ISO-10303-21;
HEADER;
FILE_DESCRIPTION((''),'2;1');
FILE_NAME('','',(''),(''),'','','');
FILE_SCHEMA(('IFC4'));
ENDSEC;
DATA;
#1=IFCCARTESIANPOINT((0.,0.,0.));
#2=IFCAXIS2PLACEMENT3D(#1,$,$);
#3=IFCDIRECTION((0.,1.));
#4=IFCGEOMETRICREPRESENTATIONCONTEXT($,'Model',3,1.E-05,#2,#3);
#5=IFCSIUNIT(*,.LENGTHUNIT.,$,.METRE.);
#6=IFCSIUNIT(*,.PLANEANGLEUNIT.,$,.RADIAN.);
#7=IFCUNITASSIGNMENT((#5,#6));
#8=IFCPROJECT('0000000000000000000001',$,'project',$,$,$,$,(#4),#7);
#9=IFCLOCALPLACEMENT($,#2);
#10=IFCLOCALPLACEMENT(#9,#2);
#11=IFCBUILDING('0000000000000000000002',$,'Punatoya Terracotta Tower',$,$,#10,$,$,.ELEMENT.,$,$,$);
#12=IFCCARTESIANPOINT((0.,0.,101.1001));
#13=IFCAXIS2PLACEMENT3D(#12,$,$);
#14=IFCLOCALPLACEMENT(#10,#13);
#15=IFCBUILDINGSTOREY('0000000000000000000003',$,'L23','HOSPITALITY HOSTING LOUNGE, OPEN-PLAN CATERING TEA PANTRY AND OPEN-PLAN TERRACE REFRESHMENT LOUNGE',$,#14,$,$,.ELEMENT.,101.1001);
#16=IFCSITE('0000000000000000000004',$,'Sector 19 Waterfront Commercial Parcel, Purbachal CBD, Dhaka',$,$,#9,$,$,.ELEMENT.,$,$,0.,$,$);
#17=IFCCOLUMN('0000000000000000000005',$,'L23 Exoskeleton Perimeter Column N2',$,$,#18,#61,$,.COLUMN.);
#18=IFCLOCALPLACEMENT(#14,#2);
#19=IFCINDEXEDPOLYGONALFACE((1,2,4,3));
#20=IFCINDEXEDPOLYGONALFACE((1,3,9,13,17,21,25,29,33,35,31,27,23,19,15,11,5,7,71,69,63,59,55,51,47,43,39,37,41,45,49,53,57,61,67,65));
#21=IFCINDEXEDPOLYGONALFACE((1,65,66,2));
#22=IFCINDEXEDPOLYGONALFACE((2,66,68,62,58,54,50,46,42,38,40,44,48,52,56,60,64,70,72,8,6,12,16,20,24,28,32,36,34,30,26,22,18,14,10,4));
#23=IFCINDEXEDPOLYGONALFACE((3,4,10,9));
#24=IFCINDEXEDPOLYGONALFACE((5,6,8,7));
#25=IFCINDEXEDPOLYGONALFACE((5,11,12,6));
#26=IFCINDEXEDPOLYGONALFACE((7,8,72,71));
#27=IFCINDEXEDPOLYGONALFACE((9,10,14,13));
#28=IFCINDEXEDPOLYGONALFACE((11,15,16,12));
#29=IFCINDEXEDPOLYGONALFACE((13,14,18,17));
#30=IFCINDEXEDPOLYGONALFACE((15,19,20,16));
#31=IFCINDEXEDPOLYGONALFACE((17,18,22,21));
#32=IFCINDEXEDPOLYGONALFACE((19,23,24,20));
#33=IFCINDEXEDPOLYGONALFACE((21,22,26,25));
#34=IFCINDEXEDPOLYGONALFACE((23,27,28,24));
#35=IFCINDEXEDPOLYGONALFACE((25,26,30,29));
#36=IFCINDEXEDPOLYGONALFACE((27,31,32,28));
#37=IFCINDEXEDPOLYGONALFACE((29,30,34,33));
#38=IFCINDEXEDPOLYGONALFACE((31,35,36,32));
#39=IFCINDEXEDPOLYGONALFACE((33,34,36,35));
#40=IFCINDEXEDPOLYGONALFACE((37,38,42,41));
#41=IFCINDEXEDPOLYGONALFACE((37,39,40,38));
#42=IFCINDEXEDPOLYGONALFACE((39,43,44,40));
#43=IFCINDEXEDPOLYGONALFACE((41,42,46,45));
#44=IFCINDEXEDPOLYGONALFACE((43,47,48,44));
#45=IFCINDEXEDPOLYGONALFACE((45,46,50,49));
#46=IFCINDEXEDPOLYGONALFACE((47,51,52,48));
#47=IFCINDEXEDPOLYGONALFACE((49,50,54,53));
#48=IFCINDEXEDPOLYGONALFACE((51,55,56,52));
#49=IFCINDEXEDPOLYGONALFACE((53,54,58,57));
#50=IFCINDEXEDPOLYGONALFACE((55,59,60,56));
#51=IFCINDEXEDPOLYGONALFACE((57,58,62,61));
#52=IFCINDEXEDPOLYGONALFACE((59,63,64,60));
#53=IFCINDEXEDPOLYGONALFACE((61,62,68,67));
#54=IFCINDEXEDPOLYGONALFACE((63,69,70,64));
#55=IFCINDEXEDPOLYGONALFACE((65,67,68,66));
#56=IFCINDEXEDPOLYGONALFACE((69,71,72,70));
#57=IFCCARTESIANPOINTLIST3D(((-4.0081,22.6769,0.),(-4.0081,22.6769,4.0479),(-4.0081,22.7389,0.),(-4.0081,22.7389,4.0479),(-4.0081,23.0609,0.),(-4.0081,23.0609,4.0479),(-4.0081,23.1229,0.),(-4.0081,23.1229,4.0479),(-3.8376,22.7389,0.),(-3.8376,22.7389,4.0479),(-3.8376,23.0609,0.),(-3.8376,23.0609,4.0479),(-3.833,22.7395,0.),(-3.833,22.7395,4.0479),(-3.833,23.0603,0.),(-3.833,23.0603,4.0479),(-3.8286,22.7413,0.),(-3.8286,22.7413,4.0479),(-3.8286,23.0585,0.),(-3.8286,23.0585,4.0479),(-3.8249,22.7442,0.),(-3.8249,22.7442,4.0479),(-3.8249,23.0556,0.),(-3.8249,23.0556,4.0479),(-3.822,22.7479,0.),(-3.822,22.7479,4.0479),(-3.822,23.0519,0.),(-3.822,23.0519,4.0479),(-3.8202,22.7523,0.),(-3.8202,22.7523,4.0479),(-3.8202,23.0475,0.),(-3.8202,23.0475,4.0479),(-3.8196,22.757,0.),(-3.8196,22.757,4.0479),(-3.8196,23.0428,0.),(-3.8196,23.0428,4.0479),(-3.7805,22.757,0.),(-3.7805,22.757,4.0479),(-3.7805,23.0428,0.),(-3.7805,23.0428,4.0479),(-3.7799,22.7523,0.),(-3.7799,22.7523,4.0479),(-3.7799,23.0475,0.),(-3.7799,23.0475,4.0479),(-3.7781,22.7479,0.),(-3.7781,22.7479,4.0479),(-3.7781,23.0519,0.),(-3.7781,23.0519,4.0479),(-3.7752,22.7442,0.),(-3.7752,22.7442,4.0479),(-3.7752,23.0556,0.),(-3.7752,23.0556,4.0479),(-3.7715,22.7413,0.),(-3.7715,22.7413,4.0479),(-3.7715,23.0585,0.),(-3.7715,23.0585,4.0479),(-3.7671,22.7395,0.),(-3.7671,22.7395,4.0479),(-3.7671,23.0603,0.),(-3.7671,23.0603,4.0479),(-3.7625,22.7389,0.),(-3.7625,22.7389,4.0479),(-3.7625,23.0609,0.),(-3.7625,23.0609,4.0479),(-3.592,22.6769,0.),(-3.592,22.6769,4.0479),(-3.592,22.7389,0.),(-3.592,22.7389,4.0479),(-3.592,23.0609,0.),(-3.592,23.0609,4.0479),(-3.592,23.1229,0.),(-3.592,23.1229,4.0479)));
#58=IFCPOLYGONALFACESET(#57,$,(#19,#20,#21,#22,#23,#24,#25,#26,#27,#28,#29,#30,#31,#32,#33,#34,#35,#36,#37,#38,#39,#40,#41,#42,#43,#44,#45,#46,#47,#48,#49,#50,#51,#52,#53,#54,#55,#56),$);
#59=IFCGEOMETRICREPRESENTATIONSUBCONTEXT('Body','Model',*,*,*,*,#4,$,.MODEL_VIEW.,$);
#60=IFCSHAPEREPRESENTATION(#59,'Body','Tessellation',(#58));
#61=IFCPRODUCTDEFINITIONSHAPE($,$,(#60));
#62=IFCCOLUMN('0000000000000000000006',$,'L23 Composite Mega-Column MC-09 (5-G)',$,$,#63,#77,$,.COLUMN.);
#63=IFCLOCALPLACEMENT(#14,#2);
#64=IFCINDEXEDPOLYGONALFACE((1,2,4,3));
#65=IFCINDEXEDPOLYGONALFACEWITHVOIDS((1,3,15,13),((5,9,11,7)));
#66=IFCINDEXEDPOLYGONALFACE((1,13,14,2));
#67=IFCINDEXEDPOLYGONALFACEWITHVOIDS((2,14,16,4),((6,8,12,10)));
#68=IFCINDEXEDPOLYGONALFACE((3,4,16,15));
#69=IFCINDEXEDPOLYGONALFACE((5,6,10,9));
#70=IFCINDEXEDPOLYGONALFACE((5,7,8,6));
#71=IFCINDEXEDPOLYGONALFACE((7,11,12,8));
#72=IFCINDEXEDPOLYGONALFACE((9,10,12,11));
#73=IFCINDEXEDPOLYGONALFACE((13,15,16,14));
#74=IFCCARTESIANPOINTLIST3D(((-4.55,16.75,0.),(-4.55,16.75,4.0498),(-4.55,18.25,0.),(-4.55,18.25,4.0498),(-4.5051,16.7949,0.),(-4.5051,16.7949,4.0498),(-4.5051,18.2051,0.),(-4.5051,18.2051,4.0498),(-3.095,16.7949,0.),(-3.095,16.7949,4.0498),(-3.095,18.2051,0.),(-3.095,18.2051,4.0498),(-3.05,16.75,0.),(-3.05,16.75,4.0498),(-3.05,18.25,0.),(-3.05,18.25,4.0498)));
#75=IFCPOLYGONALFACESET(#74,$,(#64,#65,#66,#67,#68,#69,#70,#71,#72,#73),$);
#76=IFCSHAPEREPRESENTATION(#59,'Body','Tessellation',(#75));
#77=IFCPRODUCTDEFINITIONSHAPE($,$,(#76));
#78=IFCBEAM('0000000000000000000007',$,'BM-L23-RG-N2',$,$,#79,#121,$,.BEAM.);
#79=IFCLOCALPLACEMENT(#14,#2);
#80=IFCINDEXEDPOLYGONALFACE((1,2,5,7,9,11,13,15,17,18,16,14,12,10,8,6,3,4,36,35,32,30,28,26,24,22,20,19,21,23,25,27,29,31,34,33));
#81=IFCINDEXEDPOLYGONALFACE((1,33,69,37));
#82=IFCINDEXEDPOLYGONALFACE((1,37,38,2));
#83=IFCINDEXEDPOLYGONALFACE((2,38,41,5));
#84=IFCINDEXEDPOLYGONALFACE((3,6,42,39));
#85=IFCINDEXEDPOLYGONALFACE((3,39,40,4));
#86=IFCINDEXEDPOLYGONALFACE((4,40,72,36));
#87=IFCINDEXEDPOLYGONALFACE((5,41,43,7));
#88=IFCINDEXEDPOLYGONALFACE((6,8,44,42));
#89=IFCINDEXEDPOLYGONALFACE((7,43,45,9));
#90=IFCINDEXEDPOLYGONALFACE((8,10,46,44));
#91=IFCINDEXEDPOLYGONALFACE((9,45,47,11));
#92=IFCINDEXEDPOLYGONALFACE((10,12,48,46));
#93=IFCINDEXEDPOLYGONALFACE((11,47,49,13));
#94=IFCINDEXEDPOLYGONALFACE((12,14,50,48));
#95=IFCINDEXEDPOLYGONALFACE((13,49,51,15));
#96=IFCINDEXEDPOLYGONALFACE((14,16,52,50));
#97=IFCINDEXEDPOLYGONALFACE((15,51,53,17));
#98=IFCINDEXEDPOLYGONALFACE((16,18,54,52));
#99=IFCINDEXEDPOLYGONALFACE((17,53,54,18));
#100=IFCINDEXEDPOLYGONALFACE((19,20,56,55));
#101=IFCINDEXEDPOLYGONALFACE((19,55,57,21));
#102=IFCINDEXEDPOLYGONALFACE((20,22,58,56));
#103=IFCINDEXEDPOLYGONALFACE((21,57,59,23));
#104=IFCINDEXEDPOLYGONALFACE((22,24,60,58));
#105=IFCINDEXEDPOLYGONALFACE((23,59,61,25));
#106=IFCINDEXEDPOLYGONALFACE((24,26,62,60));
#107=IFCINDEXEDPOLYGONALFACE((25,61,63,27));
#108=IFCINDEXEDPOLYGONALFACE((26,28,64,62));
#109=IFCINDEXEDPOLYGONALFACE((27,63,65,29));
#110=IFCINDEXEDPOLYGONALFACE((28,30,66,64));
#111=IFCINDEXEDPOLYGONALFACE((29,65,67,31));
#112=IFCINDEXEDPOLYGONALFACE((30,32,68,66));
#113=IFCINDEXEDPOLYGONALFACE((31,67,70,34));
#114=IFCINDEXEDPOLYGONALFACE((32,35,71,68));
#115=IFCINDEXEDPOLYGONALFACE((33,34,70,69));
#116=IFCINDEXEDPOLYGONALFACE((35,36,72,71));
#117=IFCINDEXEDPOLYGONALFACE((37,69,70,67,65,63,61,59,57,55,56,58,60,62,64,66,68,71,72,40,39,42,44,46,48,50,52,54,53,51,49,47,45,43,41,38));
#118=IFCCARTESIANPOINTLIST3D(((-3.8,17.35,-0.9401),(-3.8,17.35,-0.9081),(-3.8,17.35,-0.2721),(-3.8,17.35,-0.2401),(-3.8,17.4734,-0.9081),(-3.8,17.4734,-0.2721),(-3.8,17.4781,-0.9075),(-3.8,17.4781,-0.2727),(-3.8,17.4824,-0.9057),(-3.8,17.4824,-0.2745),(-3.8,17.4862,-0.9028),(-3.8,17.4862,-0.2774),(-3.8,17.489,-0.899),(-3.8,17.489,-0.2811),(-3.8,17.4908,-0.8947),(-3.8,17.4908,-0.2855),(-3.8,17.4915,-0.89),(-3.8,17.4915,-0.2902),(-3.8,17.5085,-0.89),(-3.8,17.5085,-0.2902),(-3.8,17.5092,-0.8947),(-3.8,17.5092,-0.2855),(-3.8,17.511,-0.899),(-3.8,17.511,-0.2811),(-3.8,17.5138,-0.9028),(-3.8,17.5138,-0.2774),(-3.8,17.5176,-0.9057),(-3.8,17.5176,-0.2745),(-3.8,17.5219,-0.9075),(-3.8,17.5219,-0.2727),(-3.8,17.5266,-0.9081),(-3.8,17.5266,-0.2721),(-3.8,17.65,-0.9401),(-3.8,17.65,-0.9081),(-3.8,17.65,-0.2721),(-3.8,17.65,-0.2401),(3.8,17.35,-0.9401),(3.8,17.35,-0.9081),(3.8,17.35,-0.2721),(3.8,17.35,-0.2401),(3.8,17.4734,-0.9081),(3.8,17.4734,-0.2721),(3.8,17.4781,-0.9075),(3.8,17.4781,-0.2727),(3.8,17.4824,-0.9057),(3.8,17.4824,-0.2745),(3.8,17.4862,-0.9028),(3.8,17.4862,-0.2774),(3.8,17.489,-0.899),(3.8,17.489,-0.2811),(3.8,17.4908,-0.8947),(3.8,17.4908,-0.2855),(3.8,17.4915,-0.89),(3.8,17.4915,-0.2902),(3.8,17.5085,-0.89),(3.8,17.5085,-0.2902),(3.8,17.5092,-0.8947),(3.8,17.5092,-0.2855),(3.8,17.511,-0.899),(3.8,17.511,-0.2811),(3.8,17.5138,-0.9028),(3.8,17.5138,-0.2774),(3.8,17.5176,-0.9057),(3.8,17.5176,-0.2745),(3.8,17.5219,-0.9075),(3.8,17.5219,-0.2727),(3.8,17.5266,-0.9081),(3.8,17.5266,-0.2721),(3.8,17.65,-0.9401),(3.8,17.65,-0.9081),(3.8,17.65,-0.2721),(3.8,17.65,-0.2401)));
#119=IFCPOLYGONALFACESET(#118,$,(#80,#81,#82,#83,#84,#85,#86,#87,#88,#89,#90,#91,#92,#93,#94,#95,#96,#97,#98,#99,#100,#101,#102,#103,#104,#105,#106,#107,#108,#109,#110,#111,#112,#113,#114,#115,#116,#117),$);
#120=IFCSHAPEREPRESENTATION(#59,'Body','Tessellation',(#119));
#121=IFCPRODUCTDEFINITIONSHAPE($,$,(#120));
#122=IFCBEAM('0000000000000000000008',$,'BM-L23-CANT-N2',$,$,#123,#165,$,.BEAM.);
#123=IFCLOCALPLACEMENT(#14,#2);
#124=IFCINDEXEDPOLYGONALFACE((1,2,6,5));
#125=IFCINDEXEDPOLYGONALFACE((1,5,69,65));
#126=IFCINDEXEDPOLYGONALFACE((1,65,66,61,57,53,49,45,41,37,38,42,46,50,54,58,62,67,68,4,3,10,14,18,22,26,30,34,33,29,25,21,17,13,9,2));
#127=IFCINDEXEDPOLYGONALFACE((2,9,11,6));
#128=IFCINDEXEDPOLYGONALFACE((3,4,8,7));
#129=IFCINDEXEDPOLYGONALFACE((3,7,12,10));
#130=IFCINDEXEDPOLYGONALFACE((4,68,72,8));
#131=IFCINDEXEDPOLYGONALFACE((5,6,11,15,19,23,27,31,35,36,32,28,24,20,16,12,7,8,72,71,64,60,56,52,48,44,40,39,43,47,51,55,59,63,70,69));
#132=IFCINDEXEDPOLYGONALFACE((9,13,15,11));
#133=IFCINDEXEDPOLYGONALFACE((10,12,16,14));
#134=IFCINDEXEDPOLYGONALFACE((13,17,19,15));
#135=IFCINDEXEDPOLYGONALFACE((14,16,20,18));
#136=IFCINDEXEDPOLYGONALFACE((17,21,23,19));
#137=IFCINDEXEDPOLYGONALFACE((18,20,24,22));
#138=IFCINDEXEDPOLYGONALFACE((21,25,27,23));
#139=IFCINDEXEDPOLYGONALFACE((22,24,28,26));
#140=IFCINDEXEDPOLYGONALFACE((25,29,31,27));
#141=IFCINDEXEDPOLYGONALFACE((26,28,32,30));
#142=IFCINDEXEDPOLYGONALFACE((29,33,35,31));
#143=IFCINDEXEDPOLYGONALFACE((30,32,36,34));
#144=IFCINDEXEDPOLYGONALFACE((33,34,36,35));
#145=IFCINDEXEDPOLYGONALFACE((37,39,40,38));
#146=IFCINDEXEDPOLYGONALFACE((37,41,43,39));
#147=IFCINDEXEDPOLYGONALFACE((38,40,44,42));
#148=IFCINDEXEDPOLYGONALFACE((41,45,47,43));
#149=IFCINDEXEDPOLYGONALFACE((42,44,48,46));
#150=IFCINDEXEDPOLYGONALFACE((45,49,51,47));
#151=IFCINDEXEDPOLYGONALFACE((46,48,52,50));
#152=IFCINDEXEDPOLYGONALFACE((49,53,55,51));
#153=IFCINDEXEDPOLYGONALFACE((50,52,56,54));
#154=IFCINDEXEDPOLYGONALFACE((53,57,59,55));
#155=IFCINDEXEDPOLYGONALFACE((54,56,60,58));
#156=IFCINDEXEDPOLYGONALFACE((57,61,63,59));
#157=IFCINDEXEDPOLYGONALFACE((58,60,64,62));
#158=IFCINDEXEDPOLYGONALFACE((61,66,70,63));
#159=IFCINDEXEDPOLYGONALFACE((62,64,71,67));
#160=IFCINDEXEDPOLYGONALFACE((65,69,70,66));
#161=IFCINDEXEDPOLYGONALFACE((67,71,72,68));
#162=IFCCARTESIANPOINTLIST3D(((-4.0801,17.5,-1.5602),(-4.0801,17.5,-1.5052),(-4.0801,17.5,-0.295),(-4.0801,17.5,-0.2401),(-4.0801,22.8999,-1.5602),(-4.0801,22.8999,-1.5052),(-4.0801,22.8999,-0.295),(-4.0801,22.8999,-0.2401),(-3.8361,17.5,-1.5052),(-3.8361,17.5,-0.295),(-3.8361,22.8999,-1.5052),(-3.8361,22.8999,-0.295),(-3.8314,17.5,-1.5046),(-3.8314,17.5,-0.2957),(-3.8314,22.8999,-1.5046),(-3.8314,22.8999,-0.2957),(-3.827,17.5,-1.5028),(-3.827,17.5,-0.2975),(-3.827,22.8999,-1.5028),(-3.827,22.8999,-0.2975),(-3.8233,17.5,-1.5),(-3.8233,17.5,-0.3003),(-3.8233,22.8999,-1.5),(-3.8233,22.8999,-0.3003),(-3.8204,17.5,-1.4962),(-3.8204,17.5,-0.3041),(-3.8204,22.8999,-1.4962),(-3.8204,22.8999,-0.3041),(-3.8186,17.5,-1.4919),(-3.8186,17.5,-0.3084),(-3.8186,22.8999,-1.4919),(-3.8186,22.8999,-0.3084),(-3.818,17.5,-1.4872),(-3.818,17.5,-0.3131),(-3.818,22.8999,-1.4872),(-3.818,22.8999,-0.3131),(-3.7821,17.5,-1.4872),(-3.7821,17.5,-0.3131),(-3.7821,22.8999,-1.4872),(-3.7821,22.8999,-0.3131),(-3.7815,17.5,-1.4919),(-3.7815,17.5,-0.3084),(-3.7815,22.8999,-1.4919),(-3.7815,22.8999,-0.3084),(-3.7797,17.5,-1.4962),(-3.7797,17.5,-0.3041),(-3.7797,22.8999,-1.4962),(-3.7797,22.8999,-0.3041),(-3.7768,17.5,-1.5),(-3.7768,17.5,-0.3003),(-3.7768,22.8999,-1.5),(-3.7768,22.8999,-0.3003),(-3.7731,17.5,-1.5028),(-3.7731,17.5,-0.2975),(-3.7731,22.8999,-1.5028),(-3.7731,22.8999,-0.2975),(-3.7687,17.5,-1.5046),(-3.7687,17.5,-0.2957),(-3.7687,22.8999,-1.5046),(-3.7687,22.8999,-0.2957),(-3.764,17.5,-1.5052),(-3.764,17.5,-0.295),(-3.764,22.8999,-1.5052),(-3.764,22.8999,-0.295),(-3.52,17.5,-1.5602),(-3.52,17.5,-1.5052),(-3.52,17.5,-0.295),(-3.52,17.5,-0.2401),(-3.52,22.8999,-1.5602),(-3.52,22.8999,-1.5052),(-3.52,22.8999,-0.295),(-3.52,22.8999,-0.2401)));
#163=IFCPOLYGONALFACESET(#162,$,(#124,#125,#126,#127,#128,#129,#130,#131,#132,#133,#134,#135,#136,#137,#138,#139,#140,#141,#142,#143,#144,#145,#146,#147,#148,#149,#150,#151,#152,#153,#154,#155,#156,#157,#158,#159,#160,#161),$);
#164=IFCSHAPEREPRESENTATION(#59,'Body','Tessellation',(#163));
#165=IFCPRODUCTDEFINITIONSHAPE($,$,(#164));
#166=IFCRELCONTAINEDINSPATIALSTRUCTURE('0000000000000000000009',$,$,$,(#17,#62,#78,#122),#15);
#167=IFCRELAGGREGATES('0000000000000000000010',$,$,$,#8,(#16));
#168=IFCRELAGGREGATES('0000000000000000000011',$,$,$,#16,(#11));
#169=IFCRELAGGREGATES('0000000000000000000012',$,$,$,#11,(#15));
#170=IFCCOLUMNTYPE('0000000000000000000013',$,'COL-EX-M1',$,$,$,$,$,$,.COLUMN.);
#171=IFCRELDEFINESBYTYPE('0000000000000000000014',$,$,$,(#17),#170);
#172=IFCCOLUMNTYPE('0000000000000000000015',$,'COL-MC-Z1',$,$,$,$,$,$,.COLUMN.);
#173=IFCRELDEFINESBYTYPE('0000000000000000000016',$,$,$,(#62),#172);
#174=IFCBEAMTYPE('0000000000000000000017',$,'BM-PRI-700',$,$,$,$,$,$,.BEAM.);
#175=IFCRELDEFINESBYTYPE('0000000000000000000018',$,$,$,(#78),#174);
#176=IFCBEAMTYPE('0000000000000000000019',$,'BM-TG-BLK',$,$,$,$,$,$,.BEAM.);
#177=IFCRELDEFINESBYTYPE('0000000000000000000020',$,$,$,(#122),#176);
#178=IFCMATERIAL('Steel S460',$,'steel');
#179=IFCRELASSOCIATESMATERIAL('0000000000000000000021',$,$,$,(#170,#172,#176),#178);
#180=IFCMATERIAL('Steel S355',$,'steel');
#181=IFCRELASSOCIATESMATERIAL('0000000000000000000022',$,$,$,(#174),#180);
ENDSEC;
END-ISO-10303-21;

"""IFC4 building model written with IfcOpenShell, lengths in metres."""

from ifc_helpers import new_model, si_unit, direction, frame, origin, origin_2d, place, context, subcontext, project, spatial, hollow_rectangle, i_section, extrude, material, material_profile, profile_set, type_object, element, save


model = new_model("IFC4")

# Units and contexts
model_context = context("Model", 3, precision=1e-05, world=origin(), true_north=direction((0.0, 1.0)))
body_context = subcontext(model_context, "Body", "Model", "MODEL_VIEW")
ifc_project = project(units=[si_unit("LENGTHUNIT", "METRE"), si_unit("PLANEANGLEUNIT", "RADIAN")], contexts=[model_context])

# Site, building, storey
site_placement = place(None, origin())
site = spatial("IfcSite", under=ifc_project, at=site_placement, Name="Sector 19 Waterfront Commercial Parcel, Purbachal CBD, Dhaka", CompositionType="ELEMENT", RefElevation=0.0)
building_placement = place(site_placement, origin())
building = spatial("IfcBuilding", under=site, at=building_placement, Name="Punatoya Terracotta Tower", CompositionType="ELEMENT")
storey_placement = place(building_placement, frame((0.0, 0.0, 101.1001)))
storey = spatial("IfcBuildingStorey", under=building, at=storey_placement, Name="L23", Description="HOSPITALITY HOSTING LOUNGE, OPEN-PLAN CATERING TEA PANTRY AND OPEN-PLAN TERRACE REFRESHMENT LOUNGE", CompositionType="ELEMENT", Elevation=101.1001)

# Columns
ifc_material_1 = material(Name="Steel S460", Category="steel")
ifc_material_profile_1 = material_profile(ifc_material_1, i_section(OverallWidth=0.416, OverallDepth=0.446, WebThickness=0.0391, FlangeThickness=0.062, FilletRadius=0.0181, at=origin_2d()))
ifc_profile_set_1 = profile_set([ifc_material_profile_1], Name="Steel S460")
column_type_1 = type_object("IfcColumnType", Name="COL-EX-M1", PredefinedType="COLUMN", material=ifc_profile_set_1)
column_1_placement = place(storey_placement, frame((-3.8, 22.8999, 0.0), z_axis=(0.0, 0.0, 1.0), x_axis=(1.0, 0.0, 0.0)))
element("IfcColumn", 1, at=column_1_placement, inside=storey, type_object=column_type_1, Name="L23 Exoskeleton Perimeter Column N2", PredefinedType="COLUMN", context=body_context, shape_type="SweptSolid", body=[
    extrude(i_section(OverallWidth=0.416, OverallDepth=0.446, WebThickness=0.0391, FlangeThickness=0.062, FilletRadius=0.0181, at=origin_2d()), origin(), (0.0, 0.0, 1.0), 4.0479),
])
ifc_material_profile_2 = material_profile(ifc_material_1, hollow_rectangle(XDim=1.5, YDim=1.5, WallThickness=0.0449, at=origin_2d()))
ifc_profile_set_2 = profile_set([ifc_material_profile_2], Name="Steel S460")
column_type_2 = type_object("IfcColumnType", Name="COL-MC-Z1", PredefinedType="COLUMN", material=ifc_profile_set_2)
column_2_placement = place(storey_placement, frame((-3.8, 17.5, 0.0), z_axis=(0.0, 0.0, 1.0), x_axis=(1.0, 0.0, 0.0)))
element("IfcColumn", 2, at=column_2_placement, inside=storey, type_object=column_type_2, Name="L23 Composite Mega-Column MC-09 (5-G)", PredefinedType="COLUMN", context=body_context, shape_type="SweptSolid", body=[
    extrude(hollow_rectangle(XDim=1.5, YDim=1.5, WallThickness=0.0449, at=origin_2d()), origin(), (0.0, 0.0, 1.0), 4.0498),
])

# Beams
ifc_material_2 = material(Name="Steel S355", Category="steel")
ifc_material_profile_3 = material_profile(ifc_material_2, i_section(OverallWidth=0.3, OverallDepth=0.7, WebThickness=0.0171, FlangeThickness=0.032, FilletRadius=0.0181, at=origin_2d()))
ifc_profile_set_3 = profile_set([ifc_material_profile_3], Name="Steel S355")
beam_type_1 = type_object("IfcBeamType", Name="BM-PRI-700", PredefinedType="BEAM", material=ifc_profile_set_3)
beam_1_placement = place(storey_placement, frame((-3.8, 17.5, -0.5901), z_axis=(1.0, 0.0, 0.0), x_axis=(0.0, 1.0, 0.0)))
element("IfcBeam", 3, at=beam_1_placement, inside=storey, type_object=beam_type_1, Name="BM-L23-RG-N2", PredefinedType="BEAM", context=body_context, shape_type="SweptSolid", body=[
    extrude(i_section(OverallWidth=0.3, OverallDepth=0.7, WebThickness=0.0171, FlangeThickness=0.032, FilletRadius=0.0181, at=origin_2d()), origin(), (0.0, 0.0, 1.0), 7.6001),
])
ifc_material_profile_4 = material_profile(ifc_material_1, i_section(OverallWidth=0.5601, OverallDepth=1.3201, WebThickness=0.0359, FlangeThickness=0.0549, FilletRadius=0.0181, at=origin_2d()))
ifc_profile_set_4 = profile_set([ifc_material_profile_4], Name="Steel S460")
beam_type_2 = type_object("IfcBeamType", Name="BM-TG-BLK", PredefinedType="BEAM", material=ifc_profile_set_4)
beam_2_placement = place(storey_placement, frame((-3.8, 17.5, -0.9001), z_axis=(0.0, 1.0, 0.0), x_axis=(-1.0, 0.0, 0.0)))
element("IfcBeam", 4, at=beam_2_placement, inside=storey, type_object=beam_type_2, Name="BM-L23-CANT-N2", PredefinedType="BEAM", context=body_context, shape_type="SweptSolid", body=[
    extrude(i_section(OverallWidth=0.5601, OverallDepth=1.3201, WebThickness=0.0359, FlangeThickness=0.0549, FilletRadius=0.0181, at=origin_2d()), origin(), (0.0, 0.0, 1.0), 5.3999),
])

save(model, "model.ifc")
